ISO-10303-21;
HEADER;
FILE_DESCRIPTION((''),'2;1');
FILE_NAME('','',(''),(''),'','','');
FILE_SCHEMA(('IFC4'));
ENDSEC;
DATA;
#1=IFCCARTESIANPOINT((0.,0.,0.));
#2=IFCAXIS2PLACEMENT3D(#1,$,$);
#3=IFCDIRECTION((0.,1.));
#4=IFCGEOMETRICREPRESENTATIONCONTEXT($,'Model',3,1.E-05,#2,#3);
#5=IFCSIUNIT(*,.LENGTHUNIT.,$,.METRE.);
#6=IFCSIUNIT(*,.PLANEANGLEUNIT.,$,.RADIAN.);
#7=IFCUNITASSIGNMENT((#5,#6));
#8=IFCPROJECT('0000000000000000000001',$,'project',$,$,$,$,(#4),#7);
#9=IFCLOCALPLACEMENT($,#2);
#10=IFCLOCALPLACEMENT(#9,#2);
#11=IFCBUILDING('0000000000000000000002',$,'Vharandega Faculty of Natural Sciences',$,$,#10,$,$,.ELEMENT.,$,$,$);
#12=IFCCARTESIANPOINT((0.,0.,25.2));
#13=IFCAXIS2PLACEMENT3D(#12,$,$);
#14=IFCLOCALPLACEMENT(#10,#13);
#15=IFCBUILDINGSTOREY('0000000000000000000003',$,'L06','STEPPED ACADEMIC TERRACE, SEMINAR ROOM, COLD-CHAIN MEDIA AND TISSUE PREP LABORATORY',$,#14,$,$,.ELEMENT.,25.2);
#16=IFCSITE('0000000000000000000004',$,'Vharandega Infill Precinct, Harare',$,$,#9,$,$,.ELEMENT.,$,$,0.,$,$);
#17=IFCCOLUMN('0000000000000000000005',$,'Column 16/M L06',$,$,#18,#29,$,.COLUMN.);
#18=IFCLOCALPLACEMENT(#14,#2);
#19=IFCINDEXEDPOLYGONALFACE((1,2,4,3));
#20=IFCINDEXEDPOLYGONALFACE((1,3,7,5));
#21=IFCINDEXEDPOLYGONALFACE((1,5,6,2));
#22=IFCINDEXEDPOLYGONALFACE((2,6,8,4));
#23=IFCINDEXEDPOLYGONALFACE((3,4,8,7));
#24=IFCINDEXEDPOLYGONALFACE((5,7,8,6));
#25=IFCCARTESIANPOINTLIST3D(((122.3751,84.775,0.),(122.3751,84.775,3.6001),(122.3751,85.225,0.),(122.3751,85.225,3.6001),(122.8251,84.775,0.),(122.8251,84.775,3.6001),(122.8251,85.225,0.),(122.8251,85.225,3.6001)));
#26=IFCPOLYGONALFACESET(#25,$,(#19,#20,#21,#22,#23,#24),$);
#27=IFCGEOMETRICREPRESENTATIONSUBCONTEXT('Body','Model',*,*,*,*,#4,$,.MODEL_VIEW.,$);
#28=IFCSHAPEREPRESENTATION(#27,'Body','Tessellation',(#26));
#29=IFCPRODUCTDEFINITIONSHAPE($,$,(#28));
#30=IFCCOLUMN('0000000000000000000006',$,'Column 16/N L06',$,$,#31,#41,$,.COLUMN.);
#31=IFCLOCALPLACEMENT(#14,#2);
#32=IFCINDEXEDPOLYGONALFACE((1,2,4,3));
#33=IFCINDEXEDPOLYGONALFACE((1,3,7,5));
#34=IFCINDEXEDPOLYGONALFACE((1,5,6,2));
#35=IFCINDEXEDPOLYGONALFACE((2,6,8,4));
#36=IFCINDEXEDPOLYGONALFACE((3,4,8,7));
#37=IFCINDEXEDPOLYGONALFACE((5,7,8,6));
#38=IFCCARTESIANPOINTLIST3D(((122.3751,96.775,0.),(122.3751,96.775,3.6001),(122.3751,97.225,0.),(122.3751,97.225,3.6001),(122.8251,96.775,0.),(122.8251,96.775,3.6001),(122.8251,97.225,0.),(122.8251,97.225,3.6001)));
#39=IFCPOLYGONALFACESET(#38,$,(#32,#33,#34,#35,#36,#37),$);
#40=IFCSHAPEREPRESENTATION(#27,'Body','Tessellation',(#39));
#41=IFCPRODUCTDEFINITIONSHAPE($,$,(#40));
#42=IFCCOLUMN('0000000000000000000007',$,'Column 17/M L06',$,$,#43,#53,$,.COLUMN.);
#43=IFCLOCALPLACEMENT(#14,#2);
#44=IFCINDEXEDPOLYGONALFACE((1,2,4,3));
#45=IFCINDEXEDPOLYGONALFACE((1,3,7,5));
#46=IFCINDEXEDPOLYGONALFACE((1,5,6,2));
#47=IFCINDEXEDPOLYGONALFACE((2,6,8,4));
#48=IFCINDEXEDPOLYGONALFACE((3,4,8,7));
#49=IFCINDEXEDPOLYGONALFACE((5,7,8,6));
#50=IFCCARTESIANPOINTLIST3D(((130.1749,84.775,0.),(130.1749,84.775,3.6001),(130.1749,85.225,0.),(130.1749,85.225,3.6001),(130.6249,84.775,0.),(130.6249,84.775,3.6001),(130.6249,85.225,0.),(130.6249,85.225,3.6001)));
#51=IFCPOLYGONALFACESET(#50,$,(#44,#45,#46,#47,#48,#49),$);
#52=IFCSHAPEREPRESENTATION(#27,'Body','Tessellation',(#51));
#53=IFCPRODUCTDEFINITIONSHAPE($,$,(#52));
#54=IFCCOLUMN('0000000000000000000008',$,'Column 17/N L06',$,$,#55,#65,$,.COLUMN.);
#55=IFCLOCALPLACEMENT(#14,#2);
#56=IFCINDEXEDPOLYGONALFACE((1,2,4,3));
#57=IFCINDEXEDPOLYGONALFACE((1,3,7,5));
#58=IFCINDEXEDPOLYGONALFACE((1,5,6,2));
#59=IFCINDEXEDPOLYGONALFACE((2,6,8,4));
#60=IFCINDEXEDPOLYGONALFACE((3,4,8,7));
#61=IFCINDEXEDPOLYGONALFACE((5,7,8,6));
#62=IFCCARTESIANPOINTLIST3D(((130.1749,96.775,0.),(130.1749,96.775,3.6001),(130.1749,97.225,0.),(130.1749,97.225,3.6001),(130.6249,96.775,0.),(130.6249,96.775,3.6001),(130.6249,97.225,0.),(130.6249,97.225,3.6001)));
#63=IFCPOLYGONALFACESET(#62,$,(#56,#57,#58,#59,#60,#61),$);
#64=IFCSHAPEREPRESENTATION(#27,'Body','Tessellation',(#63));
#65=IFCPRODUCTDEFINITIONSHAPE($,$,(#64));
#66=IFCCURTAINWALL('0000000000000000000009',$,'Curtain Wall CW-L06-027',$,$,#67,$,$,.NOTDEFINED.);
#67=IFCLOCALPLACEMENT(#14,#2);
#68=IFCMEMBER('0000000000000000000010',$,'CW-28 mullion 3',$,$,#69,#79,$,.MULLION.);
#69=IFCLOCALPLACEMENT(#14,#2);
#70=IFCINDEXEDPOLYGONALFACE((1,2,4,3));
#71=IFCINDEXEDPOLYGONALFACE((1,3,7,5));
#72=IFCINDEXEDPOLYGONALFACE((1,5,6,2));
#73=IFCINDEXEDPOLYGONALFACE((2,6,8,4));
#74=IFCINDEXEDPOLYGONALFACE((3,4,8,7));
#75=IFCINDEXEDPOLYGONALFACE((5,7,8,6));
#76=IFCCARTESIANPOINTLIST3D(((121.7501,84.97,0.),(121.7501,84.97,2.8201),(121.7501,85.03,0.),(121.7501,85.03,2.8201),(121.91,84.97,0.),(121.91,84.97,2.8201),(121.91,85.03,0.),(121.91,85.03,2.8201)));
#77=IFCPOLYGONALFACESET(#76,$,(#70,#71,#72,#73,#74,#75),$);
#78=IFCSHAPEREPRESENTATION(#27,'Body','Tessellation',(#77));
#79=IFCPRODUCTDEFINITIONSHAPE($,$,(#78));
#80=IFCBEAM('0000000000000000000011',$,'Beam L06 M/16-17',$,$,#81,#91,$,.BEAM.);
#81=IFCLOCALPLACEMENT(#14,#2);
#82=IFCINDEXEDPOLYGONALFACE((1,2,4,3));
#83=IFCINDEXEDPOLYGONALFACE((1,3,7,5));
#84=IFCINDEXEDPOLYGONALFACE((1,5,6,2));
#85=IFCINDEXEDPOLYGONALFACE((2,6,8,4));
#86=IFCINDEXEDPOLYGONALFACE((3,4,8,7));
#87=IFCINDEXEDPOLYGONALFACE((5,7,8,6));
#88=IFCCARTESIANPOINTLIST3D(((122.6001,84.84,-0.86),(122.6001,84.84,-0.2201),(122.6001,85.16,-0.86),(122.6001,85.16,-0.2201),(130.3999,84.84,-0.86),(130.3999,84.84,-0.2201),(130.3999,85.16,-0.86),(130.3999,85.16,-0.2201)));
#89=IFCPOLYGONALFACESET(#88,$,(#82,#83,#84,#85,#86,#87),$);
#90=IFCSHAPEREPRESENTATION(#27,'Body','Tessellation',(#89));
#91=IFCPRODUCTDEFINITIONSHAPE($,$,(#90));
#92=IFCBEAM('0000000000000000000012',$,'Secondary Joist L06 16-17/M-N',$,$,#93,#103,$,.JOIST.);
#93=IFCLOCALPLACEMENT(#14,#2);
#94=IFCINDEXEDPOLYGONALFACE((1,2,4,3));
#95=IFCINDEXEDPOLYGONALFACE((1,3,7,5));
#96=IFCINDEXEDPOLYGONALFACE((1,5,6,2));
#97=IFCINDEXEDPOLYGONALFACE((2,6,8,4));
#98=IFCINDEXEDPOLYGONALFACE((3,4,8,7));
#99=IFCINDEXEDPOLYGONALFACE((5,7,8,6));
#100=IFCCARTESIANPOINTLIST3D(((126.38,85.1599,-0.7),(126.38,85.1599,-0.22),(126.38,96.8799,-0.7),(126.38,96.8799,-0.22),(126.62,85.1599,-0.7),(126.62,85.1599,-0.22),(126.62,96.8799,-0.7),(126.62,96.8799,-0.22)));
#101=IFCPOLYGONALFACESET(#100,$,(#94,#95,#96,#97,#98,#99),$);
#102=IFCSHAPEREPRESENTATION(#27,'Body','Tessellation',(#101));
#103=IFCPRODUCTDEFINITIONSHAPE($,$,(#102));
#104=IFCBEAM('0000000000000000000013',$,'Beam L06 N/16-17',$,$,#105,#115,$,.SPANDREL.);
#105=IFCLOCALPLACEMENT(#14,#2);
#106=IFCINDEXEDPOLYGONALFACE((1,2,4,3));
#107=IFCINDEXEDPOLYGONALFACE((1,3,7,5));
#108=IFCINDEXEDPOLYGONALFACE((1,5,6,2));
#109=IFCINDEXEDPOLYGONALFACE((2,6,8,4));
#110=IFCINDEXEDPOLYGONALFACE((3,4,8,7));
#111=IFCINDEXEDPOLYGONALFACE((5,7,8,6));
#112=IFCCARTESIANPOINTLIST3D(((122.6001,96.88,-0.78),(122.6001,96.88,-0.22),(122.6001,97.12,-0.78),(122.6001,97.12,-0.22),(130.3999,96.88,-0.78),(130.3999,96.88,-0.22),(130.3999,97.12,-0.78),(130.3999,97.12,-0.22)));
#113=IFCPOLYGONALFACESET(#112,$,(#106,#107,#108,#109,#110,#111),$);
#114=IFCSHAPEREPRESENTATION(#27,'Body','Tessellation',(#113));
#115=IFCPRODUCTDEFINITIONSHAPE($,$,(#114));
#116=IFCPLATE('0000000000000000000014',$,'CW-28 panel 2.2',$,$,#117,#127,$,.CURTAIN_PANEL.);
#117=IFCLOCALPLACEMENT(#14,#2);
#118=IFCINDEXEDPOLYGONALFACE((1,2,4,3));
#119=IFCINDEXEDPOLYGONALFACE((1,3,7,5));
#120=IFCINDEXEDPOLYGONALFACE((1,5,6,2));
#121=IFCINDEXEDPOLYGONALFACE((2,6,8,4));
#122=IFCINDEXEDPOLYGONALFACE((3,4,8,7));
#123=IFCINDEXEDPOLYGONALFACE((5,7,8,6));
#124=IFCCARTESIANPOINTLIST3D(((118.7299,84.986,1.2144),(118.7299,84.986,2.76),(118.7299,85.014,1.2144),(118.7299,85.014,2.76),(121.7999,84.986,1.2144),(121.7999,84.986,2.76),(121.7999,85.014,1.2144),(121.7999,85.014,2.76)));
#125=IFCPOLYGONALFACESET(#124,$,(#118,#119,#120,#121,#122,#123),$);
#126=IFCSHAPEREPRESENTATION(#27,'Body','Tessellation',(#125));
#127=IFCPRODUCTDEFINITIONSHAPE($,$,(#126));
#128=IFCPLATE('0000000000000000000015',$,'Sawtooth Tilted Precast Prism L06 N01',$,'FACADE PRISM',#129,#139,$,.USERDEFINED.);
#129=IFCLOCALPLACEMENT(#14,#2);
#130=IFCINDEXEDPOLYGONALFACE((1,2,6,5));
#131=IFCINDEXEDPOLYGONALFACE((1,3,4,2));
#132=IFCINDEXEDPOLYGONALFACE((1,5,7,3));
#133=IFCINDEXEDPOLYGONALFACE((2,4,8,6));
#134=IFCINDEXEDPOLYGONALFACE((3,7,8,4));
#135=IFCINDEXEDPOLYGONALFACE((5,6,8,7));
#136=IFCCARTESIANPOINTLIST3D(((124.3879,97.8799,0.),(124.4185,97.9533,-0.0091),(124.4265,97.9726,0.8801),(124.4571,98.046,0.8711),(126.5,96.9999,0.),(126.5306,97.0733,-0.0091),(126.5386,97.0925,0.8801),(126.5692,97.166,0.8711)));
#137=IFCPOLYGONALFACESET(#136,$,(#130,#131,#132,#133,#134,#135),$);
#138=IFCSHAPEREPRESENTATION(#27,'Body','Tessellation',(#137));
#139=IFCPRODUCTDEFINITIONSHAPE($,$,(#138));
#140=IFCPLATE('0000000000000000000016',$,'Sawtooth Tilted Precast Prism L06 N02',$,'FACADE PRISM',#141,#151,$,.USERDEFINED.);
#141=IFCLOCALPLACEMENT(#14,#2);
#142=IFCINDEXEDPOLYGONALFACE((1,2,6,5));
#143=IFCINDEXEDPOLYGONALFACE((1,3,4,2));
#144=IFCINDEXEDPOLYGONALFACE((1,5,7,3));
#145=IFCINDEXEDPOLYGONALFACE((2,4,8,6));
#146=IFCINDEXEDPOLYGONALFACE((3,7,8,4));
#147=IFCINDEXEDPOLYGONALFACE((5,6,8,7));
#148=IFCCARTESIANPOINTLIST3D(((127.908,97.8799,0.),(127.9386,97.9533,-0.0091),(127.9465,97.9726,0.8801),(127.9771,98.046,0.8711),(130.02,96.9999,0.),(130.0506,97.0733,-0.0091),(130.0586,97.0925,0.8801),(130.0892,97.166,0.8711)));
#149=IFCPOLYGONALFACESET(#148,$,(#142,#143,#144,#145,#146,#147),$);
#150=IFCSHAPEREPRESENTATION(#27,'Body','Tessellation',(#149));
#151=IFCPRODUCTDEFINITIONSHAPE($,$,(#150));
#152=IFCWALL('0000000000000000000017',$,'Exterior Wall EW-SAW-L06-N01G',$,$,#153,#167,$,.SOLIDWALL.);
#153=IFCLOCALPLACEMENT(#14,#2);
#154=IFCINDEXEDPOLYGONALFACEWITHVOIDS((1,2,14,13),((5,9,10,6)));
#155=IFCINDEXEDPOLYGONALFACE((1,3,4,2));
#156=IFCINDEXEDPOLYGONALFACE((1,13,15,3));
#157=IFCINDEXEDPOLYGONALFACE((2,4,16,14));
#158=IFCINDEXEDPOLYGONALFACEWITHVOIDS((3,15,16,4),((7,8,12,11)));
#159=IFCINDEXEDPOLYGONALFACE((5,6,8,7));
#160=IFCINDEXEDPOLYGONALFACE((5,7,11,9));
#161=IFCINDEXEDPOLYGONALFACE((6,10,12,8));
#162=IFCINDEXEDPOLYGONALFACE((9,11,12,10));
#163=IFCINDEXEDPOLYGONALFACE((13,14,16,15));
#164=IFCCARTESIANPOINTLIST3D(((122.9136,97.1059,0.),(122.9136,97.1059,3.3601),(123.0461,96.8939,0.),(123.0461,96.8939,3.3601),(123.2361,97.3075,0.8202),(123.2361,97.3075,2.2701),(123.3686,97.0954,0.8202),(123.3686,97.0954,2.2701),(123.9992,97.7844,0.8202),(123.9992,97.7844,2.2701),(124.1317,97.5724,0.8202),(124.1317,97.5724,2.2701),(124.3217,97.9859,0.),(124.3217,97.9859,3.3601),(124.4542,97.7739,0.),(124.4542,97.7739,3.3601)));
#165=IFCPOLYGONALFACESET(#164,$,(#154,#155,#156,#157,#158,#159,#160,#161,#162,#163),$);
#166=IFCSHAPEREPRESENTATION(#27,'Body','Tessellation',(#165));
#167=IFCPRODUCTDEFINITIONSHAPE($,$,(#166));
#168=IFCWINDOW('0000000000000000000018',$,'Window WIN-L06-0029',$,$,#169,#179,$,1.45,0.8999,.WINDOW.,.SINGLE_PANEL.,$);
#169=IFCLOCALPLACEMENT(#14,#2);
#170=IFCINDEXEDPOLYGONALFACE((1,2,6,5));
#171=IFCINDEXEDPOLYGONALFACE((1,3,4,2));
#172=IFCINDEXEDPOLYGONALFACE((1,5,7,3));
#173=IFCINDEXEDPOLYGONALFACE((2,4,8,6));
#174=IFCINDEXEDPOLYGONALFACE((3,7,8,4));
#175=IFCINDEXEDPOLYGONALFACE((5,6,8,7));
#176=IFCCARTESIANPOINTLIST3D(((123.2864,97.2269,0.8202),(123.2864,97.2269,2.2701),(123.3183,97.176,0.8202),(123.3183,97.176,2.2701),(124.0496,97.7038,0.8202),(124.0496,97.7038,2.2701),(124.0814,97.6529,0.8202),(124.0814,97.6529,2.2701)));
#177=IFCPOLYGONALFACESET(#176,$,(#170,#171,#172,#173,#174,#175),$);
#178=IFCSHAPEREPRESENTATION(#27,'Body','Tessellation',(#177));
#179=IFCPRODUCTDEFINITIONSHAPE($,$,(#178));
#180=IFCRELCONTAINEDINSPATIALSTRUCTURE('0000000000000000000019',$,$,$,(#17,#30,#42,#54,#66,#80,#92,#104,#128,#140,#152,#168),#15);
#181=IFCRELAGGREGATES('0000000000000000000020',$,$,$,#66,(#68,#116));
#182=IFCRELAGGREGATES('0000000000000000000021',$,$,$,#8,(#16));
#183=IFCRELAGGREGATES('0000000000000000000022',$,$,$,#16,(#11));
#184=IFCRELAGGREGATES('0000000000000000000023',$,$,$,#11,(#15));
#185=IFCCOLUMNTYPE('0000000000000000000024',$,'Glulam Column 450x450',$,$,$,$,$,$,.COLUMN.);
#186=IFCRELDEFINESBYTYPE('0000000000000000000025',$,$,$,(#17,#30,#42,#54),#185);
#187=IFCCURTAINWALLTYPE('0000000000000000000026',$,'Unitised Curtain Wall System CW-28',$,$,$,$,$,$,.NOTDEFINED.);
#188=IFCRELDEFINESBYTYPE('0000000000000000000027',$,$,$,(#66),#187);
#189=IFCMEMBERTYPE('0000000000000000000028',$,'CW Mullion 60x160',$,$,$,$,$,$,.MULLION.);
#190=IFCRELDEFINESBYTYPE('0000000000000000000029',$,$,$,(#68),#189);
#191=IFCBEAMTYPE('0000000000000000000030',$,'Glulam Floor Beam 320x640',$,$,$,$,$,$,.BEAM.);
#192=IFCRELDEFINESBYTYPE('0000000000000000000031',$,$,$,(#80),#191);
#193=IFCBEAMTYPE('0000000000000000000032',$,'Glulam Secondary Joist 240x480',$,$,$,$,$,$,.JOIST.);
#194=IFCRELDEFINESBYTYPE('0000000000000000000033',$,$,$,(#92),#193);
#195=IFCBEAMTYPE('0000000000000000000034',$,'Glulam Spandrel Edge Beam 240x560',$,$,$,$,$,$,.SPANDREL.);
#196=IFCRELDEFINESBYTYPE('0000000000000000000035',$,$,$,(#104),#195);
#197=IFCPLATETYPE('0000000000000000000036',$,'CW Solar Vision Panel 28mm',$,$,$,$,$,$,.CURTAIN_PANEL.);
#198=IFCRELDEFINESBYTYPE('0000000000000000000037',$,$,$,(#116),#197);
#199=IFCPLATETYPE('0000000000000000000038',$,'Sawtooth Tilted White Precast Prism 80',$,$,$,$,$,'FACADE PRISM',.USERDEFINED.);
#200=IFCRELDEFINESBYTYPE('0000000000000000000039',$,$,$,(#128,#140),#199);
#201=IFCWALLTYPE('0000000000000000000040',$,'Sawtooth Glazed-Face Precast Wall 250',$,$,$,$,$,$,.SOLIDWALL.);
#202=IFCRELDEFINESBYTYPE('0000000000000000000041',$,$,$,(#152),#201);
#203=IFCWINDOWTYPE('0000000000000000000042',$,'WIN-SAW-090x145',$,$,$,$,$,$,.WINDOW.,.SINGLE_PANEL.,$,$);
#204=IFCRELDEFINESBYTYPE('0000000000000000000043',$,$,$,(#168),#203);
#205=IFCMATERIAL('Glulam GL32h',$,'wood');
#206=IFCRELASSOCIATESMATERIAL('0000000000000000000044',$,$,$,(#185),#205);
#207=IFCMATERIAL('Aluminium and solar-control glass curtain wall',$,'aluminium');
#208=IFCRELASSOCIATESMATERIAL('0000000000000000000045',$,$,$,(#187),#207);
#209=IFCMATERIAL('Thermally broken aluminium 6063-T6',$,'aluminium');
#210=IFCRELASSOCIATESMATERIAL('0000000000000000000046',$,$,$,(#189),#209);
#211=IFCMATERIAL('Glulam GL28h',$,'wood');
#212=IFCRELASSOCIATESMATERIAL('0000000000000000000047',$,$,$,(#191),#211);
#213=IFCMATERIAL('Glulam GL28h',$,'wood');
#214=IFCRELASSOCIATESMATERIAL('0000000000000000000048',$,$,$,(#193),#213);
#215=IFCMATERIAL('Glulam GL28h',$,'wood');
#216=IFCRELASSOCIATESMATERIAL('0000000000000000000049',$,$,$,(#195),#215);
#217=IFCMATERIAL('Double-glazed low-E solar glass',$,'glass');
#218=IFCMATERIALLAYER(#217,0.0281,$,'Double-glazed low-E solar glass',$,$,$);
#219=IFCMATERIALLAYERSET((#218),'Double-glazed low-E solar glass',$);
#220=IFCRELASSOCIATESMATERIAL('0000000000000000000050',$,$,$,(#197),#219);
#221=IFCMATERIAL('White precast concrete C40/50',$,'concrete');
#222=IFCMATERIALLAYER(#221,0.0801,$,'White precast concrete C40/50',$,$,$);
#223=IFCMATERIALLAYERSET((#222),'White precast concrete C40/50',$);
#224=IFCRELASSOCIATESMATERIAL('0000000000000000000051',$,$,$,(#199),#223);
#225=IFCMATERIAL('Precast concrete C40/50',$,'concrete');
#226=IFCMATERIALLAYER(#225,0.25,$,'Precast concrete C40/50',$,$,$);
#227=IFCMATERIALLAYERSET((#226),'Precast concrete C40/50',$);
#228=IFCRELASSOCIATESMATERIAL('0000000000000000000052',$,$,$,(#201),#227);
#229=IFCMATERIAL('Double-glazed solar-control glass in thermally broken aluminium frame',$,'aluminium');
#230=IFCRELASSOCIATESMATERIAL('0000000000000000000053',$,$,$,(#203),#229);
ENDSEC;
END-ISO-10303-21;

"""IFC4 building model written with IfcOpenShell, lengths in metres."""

from ifc_helpers import new_model, si_unit, direction, frame, frame_2d, origin, origin_2d, place, context, subcontext, project, spatial, polyline, rectangle, outline, extrude, material, layer, layer_set, material_profile, profile_set, type_object, element, fill, aggregate, save


model = new_model("IFC4")

# Units and contexts
model_context = context("Model", 3, precision=1e-05, world=origin(), true_north=direction((0.0, 1.0)))
body_context = subcontext(model_context, "Body", "Model", "MODEL_VIEW")
ifc_project = project(units=[si_unit("LENGTHUNIT", "METRE"), si_unit("PLANEANGLEUNIT", "RADIAN")], contexts=[model_context])

# Site, building, storey
site_placement = place(None, origin())
site = spatial("IfcSite", under=ifc_project, at=site_placement, Name="Vharandega Infill Precinct, Harare", CompositionType="ELEMENT", RefElevation=0.0)
building_placement = place(site_placement, origin())
building = spatial("IfcBuilding", under=site, at=building_placement, Name="Vharandega Faculty of Natural Sciences", CompositionType="ELEMENT")
storey_placement = place(building_placement, frame((0.0, 0.0, 25.2)))
storey = spatial("IfcBuildingStorey", under=building, at=storey_placement, Name="L06", Description="STEPPED ACADEMIC TERRACE, SEMINAR ROOM, COLD-CHAIN MEDIA AND TISSUE PREP LABORATORY", CompositionType="ELEMENT", Elevation=25.2)

# Columns
ifc_material_1 = material(Name="Glulam GL32h", Category="wood")
ifc_material_profile_1 = material_profile(ifc_material_1, rectangle(XDim=0.45, YDim=0.45, at=origin_2d()), Name="GL32h 450x450")
ifc_profile_set_1 = profile_set([ifc_material_profile_1], Name="Glulam GL32h")
column_type = type_object("IfcColumnType", Name="Glulam Column 450x450", PredefinedType="COLUMN", material=ifc_profile_set_1)
for number, where, z_axis, x_axis, name in (
    (1, (122.6001, 85.0, 0.0), (0.0, 0.0, 1.0), (1.0, 0.0, 0.0), "Column 16/M L06"),
    (2, (122.6001, 97.0, 0.0), (0.0, 0.0, 1.0), (1.0, 0.0, 0.0), "Column 16/N L06"),
    (3, (130.3999, 85.0, 0.0), (0.0, 0.0, 1.0), (1.0, 0.0, 0.0), "Column 17/M L06"),
    (4, (130.3999, 97.0, 0.0), (0.0, 0.0, 1.0), (1.0, 0.0, 0.0), "Column 17/N L06"),
):
    element("IfcColumn", number, at=place(storey_placement, frame(where, z_axis=z_axis, x_axis=x_axis)), inside=storey, type_object=column_type, Name=name, PredefinedType="COLUMN", context=body_context, shape_type="SweptSolid", body=[
        extrude(rectangle(XDim=0.45, YDim=0.45, at=origin_2d()), origin(), (0.0, 0.0, 1.0), 3.6001),
    ])

# Curtain wall, member
ifc_material_2 = material(Name="Aluminium and solar-control glass curtain wall", Category="aluminium")
curtain_wall_type = type_object("IfcCurtainWallType", Name="Unitised Curtain Wall System CW-28", PredefinedType="NOTDEFINED", material=ifc_material_2)
curtain_wall_placement = place(storey_placement, origin())
curtain_wall = element("IfcCurtainWall", 5, at=curtain_wall_placement, inside=storey, type_object=curtain_wall_type, Name="Curtain Wall CW-L06-027", PredefinedType="NOTDEFINED")
ifc_material_3 = material(Name="Thermally broken aluminium 6063-T6", Category="aluminium")
ifc_material_profile_2 = material_profile(ifc_material_3, rectangle(XDim=0.0601, YDim=0.1599, at=origin_2d()), Name="ALU 60x160")
ifc_profile_set_2 = profile_set([ifc_material_profile_2], Name="Thermally broken aluminium 6063-T6")
member_type = type_object("IfcMemberType", Name="CW Mullion 60x160", PredefinedType="MULLION", material=ifc_profile_set_2)
member_placement = place(storey_placement, frame((121.8301, 85.0, 0.0), z_axis=(0.0, 0.0, 1.0), x_axis=(0.0, 1.0, 0.0)))
member = element("IfcMember", 6, at=member_placement, type_object=member_type, Name="CW-28 mullion 3", PredefinedType="MULLION", context=body_context, shape_type="SweptSolid", body=[
    extrude(rectangle(XDim=0.0601, YDim=0.1599, at=origin_2d()), origin(), (0.0, 0.0, 1.0), 2.8201),
])

# Beams
ifc_material_4 = material(Name="Glulam GL28h", Category="wood")
ifc_material_profile_3 = material_profile(ifc_material_4, rectangle(XDim=0.3201, YDim=0.6399, at=origin_2d()), Name="GL28h 320x640")
ifc_profile_set_3 = profile_set([ifc_material_profile_3], Name="Glulam GL28h")
beam_type_1 = type_object("IfcBeamType", Name="Glulam Floor Beam 320x640", PredefinedType="BEAM", material=ifc_profile_set_3)
beam_1_placement = place(storey_placement, frame((122.6001, 85.0, -0.54), z_axis=(1.0, 0.0, 0.0), x_axis=(0.0, 1.0, 0.0)))
element("IfcBeam", 7, at=beam_1_placement, inside=storey, type_object=beam_type_1, Name="Beam L06 M/16-17", PredefinedType="BEAM", context=body_context, shape_type="SweptSolid", body=[
    extrude(rectangle(XDim=0.3201, YDim=0.6399, at=origin_2d()), origin(), (0.0, 0.0, 1.0), 7.7998),
])
ifc_material_5 = material(Name="Glulam GL28h", Category="wood")
ifc_material_profile_4 = material_profile(ifc_material_5, rectangle(XDim=0.24, YDim=0.48, at=origin_2d()), Name="GL28h 240x480")
ifc_profile_set_4 = profile_set([ifc_material_profile_4], Name="Glulam GL28h")
beam_type_2 = type_object("IfcBeamType", Name="Glulam Secondary Joist 240x480", PredefinedType="JOIST", material=ifc_profile_set_4)
beam_2_placement = place(storey_placement, frame((126.5, 85.1599, -0.46), z_axis=(0.0, 1.0, 0.0), x_axis=(-1.0, 0.0, 0.0)))
element("IfcBeam", 8, at=beam_2_placement, inside=storey, type_object=beam_type_2, Name="Secondary Joist L06 16-17/M-N", PredefinedType="JOIST", context=body_context, shape_type="SweptSolid", body=[
    extrude(rectangle(XDim=0.24, YDim=0.48, at=origin_2d()), origin(), (0.0, 0.0, 1.0), 11.72),
])
ifc_material_6 = material(Name="Glulam GL28h", Category="wood")
ifc_material_profile_5 = material_profile(ifc_material_6, rectangle(XDim=0.24, YDim=0.5601, at=origin_2d()), Name="GL28h 240x560")
ifc_profile_set_5 = profile_set([ifc_material_profile_5], Name="Glulam GL28h")
beam_type_3 = type_object("IfcBeamType", Name="Glulam Spandrel Edge Beam 240x560", PredefinedType="SPANDREL", material=ifc_profile_set_5)
beam_3_placement = place(storey_placement, frame((122.6001, 97.0, -0.5), z_axis=(1.0, 0.0, 0.0), x_axis=(0.0, 1.0, 0.0)))
element("IfcBeam", 9, at=beam_3_placement, inside=storey, type_object=beam_type_3, Name="Beam L06 N/16-17", PredefinedType="SPANDREL", context=body_context, shape_type="SweptSolid", body=[
    extrude(rectangle(XDim=0.24, YDim=0.5601, at=origin_2d()), origin(), (0.0, 0.0, 1.0), 7.7998),
])

# Plate
ifc_material_7 = material(Name="Double-glazed low-E solar glass", Category="glass")
ifc_layer_1 = layer(ifc_material_7, 0.0281, Name="Double-glazed low-E solar glass")
ifc_layer_set_1 = layer_set([ifc_layer_1], Name="Double-glazed low-E solar glass")
plate_type_1 = type_object("IfcPlateType", Name="CW Solar Vision Panel 28mm", PredefinedType="CURTAIN_PANEL", material=ifc_layer_set_1)
plate_placement = place(storey_placement, frame((120.2649, 85.0, 1.2144), z_axis=(0.0, 0.0, 1.0), x_axis=(1.0, 0.0, 0.0)))
plate = element("IfcPlate", 10, at=plate_placement, type_object=plate_type_1, Name="CW-28 panel 2.2", PredefinedType="CURTAIN_PANEL", context=body_context, shape_type="SweptSolid", body=[
    extrude(rectangle(XDim=3.0701, YDim=0.0281, at=origin_2d()), origin(), (0.0, 0.0, 1.0), 1.5457),
])
aggregate(curtain_wall, [member, plate])

# Plates
ifc_material_8 = material(Name="White precast concrete C40/50", Category="concrete")
ifc_layer_2 = layer(ifc_material_8, 0.0801, Name="White precast concrete C40/50")
ifc_layer_set_2 = layer_set([ifc_layer_2], Name="White precast concrete C40/50")
plate_type_2 = type_object("IfcPlateType", Name="Sawtooth Tilted White Precast Prism 80", ElementType="FACADE PRISM", PredefinedType="USERDEFINED", material=ifc_layer_set_2)
for number, where, z_axis, x_axis, name in (
    (11, (124.3879, 97.8799, 0.0), (-0.382131, -0.917137, 0.113295), (0.043497, 0.104613, 0.993561), "Sawtooth Tilted Precast Prism L06 N01"),
    (12, (127.908, 97.8799, 0.0), (-0.382131, -0.917137, 0.113295), (0.043497, 0.104613, 0.993561), "Sawtooth Tilted Precast Prism L06 N02"),
):
    element("IfcPlate", number, at=place(storey_placement, frame(where, z_axis=z_axis, x_axis=x_axis)), inside=storey, type_object=plate_type_2, Name=name, ObjectType="FACADE PRISM", PredefinedType="USERDEFINED", context=body_context, shape_type="SweptSolid", body=[
        extrude(outline(polyline([(0.0, 0.0), (0.8858, 0.0), (0.8856, -2.2881), (-0.0002, -2.288), (0.0, 0.0)])), origin(), (0.0, 0.0, -1.0), 0.0801),
    ])

# Wall, opening, window
ifc_material_9 = material(Name="Precast concrete C40/50", Category="concrete")
ifc_layer_3 = layer(ifc_material_9, 0.25, Name="Precast concrete C40/50")
ifc_layer_set_3 = layer_set([ifc_layer_3], Name="Precast concrete C40/50")
wall_type_1 = type_object("IfcWallType", Name="Sawtooth Glazed-Face Precast Wall 250", PredefinedType="SOLIDWALL", material=ifc_layer_set_3)
wall_1_placement = place(storey_placement, frame((122.98, 97.0, 0.0), z_axis=(0.0, 0.0, 1.0), x_axis=(0.848023, 0.529959, 0.0)))
wall_1 = element("IfcWall", 13, at=wall_1_placement, inside=storey, type_object=wall_type_1, Name="Exterior Wall EW-SAW-L06-N01G", PredefinedType="SOLIDWALL", context=body_context, shape_type="SweptSolid", body=[
    extrude(rectangle(XDim=1.6604, YDim=0.25, at=frame_2d((0.8301, 0.0))), origin(), (0.0, 0.0, 1.0), 3.3601),
])
opening_1_placement = place(wall_1_placement, frame((0.3801, 0.0, 0.8201)))
opening_1 = element("IfcOpeningElement", 14, at=opening_1_placement, cuts=wall_1, PredefinedType="OPENING", context=body_context, shape_type="SweptSolid", body=[
    extrude(rectangle(XDim=0.8999, YDim=1.45, at=frame_2d((0.45, 0.7251))), frame((0.0, 0.135, 0.0), z_axis=(0.0, -1.0, 0.0), x_axis=(1.0, 0.0, 0.0)), (0.0, 0.0, 1.0), 0.27),
])
ifc_material_10 = material(Name="Double-glazed solar-control glass in thermally broken aluminium frame", Category="aluminium")
window_type_1 = type_object("IfcWindowType", Name="WIN-SAW-090x145", PartitioningType="SINGLE_PANEL", PredefinedType="WINDOW", material=ifc_material_10)
window_1_placement = place(opening_1_placement, origin())
window_1 = element("IfcWindow", 15, at=window_1_placement, inside=storey, type_object=window_type_1, Name="Window WIN-L06-0029", OverallHeight=1.45, OverallWidth=0.8999, PartitioningType="SINGLE_PANEL", PredefinedType="WINDOW", context=body_context, shape_type="SweptSolid", body=[
    extrude(rectangle(XDim=0.8999, YDim=1.45, at=frame_2d((0.45, 0.7251))), frame((0.0, 0.03, 0.0), z_axis=(0.0, -1.0, 0.0), x_axis=(1.0, 0.0, 0.0)), (0.0, 0.0, 1.0), 0.0601),
])
fill(opening_1, window_1)

save(model, "model.ifc")
